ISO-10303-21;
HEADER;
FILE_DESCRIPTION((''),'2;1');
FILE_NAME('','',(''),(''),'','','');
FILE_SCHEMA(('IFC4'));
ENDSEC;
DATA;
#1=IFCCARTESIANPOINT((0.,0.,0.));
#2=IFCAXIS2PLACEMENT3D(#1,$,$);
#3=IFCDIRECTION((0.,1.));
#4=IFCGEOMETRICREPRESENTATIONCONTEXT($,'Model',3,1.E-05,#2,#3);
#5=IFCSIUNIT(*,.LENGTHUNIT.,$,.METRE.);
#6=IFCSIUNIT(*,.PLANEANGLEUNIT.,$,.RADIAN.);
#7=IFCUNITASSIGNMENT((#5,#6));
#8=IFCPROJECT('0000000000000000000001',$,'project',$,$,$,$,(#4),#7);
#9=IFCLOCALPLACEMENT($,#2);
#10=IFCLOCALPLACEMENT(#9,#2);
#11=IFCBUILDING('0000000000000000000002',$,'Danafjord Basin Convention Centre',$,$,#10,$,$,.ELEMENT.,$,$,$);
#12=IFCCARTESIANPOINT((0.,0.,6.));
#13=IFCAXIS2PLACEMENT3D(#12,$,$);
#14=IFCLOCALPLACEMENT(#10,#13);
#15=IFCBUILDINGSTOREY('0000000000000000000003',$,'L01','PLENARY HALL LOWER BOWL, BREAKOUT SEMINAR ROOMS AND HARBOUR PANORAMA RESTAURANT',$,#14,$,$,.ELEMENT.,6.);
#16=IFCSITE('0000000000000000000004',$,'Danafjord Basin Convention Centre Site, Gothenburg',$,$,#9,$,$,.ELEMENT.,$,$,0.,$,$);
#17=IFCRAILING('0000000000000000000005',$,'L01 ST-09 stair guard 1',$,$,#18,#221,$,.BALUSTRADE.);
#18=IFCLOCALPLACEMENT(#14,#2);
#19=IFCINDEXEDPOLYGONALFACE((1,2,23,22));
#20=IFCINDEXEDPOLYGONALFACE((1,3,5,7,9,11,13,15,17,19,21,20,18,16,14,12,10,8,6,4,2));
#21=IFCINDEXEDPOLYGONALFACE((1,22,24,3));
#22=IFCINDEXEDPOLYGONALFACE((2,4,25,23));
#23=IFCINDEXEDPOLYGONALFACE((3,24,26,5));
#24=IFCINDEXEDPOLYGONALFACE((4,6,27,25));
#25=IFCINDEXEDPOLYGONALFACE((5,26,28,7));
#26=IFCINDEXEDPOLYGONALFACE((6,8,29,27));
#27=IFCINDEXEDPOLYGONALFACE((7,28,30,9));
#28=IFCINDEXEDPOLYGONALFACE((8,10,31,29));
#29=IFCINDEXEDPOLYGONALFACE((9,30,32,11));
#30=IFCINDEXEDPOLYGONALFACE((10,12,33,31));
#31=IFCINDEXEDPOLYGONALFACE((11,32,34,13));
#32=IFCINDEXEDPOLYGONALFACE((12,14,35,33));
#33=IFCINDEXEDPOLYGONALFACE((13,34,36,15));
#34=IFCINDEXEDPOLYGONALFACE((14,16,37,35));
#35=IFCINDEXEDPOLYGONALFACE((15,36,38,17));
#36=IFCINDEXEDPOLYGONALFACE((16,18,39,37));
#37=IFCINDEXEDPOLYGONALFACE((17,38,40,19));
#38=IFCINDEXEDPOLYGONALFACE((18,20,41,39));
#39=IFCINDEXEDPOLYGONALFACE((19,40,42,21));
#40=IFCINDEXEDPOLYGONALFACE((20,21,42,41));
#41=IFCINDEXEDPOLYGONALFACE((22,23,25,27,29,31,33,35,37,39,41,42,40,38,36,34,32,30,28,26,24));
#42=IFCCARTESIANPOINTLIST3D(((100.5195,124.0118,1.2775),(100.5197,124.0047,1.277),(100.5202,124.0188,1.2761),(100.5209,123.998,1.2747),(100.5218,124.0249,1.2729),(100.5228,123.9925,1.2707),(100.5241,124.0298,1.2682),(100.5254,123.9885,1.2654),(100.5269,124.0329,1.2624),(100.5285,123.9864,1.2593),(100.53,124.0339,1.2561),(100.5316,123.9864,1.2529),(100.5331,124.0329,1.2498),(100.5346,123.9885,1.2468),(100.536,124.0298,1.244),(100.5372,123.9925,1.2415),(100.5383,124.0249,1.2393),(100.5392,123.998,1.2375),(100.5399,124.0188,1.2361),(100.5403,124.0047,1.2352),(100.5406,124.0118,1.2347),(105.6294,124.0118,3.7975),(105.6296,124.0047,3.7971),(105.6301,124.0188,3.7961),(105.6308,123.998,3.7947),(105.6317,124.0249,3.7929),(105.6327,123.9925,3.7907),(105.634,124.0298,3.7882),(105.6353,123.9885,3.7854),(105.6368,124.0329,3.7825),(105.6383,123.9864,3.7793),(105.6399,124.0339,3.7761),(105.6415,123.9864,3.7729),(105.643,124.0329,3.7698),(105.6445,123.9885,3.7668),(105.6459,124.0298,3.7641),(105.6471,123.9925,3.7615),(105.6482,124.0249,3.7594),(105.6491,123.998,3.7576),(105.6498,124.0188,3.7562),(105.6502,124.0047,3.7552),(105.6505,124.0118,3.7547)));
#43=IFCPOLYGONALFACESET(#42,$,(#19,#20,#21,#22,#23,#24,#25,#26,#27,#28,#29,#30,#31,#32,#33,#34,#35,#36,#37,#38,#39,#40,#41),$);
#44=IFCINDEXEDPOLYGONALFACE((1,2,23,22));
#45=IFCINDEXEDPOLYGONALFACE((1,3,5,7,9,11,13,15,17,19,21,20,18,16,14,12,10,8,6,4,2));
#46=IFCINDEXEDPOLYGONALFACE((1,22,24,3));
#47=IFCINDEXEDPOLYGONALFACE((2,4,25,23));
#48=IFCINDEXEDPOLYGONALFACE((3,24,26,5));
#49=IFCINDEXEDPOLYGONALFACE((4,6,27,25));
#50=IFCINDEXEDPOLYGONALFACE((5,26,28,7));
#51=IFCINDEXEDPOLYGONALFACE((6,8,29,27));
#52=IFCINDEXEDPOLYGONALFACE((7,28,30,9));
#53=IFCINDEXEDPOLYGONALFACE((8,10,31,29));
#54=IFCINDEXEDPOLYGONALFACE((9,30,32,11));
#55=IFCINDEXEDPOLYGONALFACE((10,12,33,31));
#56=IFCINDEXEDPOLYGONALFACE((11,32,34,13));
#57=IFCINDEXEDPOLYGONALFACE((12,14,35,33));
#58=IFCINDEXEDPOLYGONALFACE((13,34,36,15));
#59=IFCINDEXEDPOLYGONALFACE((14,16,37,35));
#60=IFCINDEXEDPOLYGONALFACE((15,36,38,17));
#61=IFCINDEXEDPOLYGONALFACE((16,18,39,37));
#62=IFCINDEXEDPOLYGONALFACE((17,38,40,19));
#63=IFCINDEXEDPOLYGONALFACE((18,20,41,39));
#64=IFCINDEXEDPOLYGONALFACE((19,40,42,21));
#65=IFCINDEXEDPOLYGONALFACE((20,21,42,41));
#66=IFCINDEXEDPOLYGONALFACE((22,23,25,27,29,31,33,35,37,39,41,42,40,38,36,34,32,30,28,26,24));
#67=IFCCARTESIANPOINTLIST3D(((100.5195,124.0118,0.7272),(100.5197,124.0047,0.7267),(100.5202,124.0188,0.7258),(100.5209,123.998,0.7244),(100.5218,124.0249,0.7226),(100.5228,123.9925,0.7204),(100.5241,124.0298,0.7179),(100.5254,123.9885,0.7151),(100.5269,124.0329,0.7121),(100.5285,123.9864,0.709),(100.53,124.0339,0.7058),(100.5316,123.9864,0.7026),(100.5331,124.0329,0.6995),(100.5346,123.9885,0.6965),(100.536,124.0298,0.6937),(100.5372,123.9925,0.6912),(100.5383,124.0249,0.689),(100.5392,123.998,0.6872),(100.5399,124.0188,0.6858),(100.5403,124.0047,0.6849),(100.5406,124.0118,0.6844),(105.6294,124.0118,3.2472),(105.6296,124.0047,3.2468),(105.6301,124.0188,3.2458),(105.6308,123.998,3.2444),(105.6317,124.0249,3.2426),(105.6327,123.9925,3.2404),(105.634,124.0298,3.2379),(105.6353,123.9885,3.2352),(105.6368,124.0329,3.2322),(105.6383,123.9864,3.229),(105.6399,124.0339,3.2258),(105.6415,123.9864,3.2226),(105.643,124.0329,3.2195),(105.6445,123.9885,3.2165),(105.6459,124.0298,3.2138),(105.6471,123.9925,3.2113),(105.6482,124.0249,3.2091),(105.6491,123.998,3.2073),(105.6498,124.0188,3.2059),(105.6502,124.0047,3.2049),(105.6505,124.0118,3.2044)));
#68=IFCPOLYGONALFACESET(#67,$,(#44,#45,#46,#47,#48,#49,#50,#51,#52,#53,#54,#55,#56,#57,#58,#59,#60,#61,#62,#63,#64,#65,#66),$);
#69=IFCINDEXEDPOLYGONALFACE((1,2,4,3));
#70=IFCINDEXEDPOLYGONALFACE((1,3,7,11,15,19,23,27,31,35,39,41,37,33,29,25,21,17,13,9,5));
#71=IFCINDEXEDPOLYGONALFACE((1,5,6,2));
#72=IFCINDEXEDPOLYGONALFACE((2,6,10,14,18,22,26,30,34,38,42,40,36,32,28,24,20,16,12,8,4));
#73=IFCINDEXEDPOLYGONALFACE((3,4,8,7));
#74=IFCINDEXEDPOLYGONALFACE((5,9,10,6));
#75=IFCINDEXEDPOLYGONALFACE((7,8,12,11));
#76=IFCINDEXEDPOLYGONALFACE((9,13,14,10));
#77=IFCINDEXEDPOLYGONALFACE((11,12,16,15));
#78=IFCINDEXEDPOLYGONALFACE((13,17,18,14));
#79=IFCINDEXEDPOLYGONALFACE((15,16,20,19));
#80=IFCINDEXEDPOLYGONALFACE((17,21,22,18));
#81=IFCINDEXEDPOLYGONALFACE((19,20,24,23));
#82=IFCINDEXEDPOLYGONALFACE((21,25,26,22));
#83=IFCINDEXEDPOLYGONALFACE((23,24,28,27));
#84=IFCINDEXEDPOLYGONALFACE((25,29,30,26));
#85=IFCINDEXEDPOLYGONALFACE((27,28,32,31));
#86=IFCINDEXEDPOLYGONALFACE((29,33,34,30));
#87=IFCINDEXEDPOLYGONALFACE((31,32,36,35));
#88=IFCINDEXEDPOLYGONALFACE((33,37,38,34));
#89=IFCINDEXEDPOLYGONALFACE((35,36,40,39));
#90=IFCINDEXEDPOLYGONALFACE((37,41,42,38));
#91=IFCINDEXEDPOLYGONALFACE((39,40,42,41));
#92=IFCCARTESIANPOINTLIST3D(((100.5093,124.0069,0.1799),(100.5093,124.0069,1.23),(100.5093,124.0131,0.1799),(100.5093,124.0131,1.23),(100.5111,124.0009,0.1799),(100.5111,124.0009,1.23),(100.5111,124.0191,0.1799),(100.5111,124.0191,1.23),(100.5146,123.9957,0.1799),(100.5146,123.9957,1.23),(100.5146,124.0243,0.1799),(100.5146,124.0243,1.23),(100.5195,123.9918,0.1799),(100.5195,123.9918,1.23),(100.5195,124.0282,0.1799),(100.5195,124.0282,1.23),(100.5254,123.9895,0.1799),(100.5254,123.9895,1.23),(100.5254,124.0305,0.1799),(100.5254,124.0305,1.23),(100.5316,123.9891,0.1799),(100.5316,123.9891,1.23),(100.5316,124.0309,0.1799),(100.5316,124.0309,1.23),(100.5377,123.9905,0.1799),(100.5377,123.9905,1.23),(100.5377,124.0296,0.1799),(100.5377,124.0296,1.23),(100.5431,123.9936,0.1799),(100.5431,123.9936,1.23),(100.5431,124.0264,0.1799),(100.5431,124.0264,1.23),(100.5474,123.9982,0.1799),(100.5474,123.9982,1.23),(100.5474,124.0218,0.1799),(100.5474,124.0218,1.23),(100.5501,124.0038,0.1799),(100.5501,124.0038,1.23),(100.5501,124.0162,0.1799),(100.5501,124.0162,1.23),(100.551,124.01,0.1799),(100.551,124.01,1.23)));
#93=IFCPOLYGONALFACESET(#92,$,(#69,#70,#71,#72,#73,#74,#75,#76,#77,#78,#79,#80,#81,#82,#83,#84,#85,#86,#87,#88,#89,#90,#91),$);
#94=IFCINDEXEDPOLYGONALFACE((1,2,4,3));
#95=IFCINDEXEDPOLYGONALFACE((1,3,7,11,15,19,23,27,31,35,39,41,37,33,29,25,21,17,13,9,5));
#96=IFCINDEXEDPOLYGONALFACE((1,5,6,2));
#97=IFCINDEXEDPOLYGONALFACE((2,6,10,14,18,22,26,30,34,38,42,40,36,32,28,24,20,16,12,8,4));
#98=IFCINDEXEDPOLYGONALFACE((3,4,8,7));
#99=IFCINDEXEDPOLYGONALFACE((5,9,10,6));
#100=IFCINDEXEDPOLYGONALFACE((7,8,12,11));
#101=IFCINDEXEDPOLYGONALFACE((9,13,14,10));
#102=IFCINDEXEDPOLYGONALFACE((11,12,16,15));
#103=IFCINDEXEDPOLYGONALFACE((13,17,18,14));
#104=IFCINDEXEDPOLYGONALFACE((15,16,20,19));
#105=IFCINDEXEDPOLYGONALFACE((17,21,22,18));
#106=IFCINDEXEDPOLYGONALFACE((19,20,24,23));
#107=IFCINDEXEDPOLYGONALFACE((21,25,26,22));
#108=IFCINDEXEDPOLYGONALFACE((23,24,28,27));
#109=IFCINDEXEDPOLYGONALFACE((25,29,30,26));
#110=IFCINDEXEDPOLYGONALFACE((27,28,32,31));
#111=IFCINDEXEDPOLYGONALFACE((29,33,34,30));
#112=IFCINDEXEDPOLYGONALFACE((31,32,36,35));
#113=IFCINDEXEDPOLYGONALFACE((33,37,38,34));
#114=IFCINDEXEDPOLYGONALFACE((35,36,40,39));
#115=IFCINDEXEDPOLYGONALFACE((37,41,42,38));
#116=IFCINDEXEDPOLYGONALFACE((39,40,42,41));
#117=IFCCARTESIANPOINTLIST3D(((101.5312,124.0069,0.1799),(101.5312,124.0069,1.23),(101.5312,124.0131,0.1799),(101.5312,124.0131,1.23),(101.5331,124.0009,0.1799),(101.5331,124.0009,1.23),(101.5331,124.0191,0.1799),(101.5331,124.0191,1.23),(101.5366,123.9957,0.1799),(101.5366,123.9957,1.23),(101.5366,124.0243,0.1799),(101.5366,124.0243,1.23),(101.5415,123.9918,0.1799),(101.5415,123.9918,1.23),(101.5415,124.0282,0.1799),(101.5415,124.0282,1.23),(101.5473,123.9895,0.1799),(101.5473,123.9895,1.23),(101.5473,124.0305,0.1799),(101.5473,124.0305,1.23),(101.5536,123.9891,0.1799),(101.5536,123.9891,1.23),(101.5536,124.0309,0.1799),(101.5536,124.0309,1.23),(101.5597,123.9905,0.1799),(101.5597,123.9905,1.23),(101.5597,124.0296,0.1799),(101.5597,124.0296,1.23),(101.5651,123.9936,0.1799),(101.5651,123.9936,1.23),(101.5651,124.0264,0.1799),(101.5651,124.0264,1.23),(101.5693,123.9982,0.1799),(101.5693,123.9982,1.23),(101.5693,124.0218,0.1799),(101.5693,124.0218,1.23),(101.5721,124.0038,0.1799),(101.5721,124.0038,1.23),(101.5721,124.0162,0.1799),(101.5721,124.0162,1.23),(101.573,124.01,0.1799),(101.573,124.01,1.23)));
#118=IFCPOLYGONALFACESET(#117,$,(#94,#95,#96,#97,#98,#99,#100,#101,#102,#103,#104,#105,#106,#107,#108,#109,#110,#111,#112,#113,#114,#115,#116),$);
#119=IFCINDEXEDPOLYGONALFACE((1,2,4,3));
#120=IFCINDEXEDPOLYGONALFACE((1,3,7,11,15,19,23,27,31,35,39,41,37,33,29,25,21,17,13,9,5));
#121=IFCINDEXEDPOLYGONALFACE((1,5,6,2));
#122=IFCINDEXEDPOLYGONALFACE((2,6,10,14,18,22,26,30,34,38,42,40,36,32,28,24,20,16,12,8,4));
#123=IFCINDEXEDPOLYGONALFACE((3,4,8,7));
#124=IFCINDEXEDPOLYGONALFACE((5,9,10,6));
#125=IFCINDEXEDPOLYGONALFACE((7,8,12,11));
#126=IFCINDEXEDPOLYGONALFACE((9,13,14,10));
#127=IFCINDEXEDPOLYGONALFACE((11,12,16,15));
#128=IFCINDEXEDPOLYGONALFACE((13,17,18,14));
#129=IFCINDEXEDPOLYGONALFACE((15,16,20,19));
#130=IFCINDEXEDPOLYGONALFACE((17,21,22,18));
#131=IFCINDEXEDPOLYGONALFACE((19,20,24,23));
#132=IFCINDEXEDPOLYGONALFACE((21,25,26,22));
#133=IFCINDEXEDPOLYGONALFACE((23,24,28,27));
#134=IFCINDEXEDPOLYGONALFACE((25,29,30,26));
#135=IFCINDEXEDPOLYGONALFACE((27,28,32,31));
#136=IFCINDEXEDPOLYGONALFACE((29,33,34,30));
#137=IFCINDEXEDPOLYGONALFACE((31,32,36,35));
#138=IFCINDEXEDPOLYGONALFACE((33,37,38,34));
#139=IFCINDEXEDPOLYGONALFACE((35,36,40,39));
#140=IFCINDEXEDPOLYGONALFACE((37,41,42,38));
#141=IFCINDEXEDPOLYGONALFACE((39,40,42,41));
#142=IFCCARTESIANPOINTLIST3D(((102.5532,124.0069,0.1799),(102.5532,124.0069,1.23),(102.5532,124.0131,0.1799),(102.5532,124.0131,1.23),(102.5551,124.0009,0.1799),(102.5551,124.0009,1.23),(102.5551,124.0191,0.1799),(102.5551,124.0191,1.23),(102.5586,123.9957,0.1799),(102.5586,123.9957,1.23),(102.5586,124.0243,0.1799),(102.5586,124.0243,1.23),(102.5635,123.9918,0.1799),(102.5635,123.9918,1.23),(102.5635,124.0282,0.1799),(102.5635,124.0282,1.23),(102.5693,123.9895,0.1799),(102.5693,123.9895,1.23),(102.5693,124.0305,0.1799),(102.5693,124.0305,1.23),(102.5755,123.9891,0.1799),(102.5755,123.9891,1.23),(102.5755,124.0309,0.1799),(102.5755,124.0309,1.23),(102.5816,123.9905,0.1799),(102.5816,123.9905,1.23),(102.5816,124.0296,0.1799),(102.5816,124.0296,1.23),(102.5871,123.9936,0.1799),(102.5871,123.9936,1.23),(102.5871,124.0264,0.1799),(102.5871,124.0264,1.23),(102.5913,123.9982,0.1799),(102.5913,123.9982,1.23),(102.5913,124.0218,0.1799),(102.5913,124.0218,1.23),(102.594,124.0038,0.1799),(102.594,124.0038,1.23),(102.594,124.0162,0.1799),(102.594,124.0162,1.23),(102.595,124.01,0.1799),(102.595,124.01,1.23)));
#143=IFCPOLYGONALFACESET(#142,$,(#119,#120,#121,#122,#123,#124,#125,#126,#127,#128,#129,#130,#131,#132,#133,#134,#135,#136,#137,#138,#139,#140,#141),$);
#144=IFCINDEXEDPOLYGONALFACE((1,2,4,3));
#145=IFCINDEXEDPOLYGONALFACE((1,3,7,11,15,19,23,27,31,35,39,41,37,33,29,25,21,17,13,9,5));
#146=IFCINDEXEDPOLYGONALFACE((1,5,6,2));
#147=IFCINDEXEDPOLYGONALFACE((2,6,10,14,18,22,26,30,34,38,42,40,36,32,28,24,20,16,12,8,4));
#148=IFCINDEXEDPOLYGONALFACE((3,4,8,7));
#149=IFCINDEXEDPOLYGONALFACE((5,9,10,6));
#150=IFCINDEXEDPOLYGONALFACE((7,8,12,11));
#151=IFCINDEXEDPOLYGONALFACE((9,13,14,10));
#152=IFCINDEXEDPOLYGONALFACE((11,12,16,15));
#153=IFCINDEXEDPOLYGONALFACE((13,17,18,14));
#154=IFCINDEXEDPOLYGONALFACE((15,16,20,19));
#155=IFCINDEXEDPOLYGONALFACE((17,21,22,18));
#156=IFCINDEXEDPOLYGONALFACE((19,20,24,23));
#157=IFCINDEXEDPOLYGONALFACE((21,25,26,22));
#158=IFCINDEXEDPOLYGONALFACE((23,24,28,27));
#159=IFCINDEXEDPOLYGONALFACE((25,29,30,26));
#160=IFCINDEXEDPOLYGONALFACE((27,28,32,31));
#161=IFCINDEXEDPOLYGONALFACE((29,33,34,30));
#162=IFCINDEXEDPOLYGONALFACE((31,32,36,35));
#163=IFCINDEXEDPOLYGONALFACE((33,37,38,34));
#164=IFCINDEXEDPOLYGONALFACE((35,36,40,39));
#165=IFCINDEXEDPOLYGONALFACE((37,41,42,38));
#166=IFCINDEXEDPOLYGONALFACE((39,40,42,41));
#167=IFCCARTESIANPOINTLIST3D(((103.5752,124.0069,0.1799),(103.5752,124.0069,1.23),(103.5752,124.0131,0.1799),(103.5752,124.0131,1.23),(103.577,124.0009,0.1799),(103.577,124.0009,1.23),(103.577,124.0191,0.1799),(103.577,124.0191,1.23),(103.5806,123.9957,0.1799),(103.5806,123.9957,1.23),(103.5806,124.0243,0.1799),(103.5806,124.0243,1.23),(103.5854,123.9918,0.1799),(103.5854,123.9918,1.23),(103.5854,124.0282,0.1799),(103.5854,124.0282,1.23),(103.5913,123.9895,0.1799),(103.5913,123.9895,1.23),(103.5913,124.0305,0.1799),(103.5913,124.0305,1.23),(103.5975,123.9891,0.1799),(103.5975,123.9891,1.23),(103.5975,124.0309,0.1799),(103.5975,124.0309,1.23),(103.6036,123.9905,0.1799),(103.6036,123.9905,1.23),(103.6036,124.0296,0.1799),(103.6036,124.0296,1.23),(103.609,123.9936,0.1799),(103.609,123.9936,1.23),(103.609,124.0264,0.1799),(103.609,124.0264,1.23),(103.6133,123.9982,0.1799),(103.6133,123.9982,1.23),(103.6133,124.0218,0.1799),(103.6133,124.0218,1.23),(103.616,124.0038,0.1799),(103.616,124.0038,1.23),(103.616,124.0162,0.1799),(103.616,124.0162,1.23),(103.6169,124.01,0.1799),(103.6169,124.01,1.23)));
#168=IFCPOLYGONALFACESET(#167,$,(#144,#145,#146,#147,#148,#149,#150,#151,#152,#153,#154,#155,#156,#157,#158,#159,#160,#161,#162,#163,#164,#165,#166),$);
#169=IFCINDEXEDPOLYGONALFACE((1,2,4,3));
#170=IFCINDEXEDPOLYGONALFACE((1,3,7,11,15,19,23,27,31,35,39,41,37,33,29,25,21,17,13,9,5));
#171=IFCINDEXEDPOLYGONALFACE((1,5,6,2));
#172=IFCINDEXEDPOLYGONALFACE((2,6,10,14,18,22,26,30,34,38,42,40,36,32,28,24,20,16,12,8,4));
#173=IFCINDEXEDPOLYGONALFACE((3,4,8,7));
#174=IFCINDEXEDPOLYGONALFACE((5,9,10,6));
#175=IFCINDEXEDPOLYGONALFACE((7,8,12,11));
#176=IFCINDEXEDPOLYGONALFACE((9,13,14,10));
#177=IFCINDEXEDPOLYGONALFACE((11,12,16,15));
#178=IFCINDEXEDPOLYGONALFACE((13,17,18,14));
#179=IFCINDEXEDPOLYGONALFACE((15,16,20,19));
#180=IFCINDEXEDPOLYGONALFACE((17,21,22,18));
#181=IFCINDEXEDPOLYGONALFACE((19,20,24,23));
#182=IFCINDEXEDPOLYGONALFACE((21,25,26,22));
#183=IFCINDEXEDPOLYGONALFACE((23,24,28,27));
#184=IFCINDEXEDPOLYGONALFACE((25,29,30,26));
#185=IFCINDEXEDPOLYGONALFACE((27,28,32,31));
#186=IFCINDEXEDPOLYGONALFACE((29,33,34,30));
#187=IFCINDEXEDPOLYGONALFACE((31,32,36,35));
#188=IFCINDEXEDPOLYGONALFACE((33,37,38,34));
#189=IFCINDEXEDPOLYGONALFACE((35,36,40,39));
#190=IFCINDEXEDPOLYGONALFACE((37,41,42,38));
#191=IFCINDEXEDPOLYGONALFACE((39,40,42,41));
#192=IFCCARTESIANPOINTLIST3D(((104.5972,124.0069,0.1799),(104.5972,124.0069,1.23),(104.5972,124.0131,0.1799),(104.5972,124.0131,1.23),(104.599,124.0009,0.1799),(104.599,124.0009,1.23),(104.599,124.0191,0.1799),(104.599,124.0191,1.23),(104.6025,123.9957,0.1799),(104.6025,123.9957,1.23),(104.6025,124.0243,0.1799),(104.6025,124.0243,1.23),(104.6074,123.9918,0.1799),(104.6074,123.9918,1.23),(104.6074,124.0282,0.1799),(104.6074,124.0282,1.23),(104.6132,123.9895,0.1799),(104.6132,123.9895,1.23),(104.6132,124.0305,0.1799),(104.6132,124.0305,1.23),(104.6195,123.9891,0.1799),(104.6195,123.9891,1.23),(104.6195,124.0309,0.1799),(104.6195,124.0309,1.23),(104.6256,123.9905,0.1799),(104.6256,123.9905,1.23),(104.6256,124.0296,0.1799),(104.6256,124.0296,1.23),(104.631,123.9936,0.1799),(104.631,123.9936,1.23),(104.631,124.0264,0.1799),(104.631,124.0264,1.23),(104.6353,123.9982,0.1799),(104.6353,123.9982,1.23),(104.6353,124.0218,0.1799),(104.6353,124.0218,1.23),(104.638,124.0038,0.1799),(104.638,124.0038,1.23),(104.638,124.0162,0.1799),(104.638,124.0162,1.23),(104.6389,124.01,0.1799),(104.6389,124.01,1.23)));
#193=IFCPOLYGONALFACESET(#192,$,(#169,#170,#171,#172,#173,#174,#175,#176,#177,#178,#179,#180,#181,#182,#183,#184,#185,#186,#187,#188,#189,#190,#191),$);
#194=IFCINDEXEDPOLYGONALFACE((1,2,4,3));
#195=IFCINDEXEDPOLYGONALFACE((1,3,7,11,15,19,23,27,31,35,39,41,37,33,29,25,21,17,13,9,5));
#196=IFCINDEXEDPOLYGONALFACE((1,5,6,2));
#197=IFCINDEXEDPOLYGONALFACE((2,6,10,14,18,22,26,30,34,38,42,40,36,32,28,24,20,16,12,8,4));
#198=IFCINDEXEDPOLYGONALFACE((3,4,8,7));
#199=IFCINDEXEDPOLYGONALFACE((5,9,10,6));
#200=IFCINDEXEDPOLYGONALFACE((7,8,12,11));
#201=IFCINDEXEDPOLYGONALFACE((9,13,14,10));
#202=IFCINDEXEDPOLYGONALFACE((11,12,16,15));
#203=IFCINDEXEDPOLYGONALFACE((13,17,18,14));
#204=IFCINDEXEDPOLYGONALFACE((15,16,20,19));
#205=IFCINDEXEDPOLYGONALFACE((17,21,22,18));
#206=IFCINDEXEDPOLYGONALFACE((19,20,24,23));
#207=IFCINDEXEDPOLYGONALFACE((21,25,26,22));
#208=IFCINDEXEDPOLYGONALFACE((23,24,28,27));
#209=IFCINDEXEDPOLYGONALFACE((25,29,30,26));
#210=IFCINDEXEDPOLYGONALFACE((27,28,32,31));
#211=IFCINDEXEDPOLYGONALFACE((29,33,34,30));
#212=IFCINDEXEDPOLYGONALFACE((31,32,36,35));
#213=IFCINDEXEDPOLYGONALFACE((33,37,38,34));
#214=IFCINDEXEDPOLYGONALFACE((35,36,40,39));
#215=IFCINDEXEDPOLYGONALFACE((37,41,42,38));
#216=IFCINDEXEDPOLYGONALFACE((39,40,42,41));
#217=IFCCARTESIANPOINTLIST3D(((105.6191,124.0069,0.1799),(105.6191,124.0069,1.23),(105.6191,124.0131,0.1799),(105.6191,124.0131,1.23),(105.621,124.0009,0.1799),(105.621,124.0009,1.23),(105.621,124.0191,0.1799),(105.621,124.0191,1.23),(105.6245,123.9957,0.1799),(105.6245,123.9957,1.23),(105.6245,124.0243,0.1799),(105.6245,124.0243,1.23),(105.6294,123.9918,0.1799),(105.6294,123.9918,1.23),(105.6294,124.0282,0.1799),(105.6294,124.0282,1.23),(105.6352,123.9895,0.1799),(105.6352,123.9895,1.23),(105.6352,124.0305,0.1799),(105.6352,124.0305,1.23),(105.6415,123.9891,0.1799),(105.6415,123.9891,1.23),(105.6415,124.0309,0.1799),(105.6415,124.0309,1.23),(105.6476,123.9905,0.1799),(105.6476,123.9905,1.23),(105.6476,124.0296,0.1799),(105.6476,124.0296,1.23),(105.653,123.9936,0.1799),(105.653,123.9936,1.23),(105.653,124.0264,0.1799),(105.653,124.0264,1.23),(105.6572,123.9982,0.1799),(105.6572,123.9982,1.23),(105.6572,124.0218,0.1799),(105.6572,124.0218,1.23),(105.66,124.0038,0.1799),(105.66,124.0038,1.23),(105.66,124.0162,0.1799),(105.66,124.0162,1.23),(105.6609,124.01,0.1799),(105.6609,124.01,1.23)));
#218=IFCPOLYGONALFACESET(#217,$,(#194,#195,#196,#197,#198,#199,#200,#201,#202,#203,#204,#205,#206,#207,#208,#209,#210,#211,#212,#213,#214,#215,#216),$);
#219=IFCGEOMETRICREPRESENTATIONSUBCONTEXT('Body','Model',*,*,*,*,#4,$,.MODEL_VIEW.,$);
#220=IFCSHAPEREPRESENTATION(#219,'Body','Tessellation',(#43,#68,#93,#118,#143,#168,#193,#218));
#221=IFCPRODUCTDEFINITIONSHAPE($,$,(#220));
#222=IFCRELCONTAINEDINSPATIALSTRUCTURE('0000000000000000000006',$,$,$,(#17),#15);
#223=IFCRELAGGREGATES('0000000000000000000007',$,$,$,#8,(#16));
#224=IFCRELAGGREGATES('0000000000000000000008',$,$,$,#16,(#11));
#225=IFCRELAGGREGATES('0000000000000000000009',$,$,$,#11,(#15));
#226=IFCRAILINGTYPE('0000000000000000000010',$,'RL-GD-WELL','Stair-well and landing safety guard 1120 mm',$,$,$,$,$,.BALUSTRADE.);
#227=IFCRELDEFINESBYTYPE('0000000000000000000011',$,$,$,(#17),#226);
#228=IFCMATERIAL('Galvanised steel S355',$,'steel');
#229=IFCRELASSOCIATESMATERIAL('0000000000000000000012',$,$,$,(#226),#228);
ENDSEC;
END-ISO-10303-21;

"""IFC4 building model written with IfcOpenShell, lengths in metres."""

from ifc_helpers import new_model, si_unit, direction, frame, origin, origin_2d, place, context, subcontext, project, spatial, circle, extrude, material, type_object, element, save


model = new_model("IFC4")

# Units and contexts
model_context = context("Model", 3, precision=1e-05, world=origin(), true_north=direction((0.0, 1.0)))
body_context = subcontext(model_context, "Body", "Model", "MODEL_VIEW")
ifc_project = project(units=[si_unit("LENGTHUNIT", "METRE"), si_unit("PLANEANGLEUNIT", "RADIAN")], contexts=[model_context])

# Site, building, storey
site_placement = place(None, origin())
site = spatial("IfcSite", under=ifc_project, at=site_placement, Name="Danafjord Basin Convention Centre Site, Gothenburg", CompositionType="ELEMENT", RefElevation=0.0)
building_placement = place(site_placement, origin())
building = spatial("IfcBuilding", under=site, at=building_placement, Name="Danafjord Basin Convention Centre", CompositionType="ELEMENT")
storey_placement = place(building_placement, frame((0.0, 0.0, 6.0)))
storey = spatial("IfcBuildingStorey", under=building, at=storey_placement, Name="L01", Description="PLENARY HALL LOWER BOWL, BREAKOUT SEMINAR ROOMS AND HARBOUR PANORAMA RESTAURANT", CompositionType="ELEMENT", Elevation=6.0)

# Railing
ifc_material_1 = material(Name="Galvanised steel S355", Category="steel")
railing_type_1 = type_object("IfcRailingType", Name="RL-GD-WELL", Description="Stair-well and landing safety guard 1120 mm", PredefinedType="BALUSTRADE", material=ifc_material_1)
railing_1_placement = place(storey_placement, frame((100.53, 124.01, 0.1799)))
element("IfcRailing", 1, at=railing_1_placement, inside=storey, type_object=railing_type_1, Name="L01 ST-09 stair guard 1", PredefinedType="BALUSTRADE", context=body_context, shape_type="SweptSolid", body=[
    extrude(circle(Radius=0.0239, at=origin_2d()), frame((0.0, 0.0, 1.0762), z_axis=(0.896865, 0.0, 0.442305), x_axis=(0.0, 1.0, 0.0)), (0.0, 0.0, 1.0), 5.6975),
    extrude(circle(Radius=0.0239, at=origin_2d()), frame((0.0, 0.0, 0.5259), z_axis=(0.896865, 0.0, 0.442305), x_axis=(0.0, 1.0, 0.0)), (0.0, 0.0, 1.0), 5.6975),
    extrude(circle(Radius=0.021, at=origin_2d()), origin(), (0.0, 0.0, 1.0), 1.05),
    extrude(circle(Radius=0.021, at=origin_2d()), frame((1.022, 0.0, 0.0)), (0.0, 0.0, 1.0), 1.05),
    extrude(circle(Radius=0.021, at=origin_2d()), frame((2.0439, 0.0, 0.0)), (0.0, 0.0, 1.0), 1.05),
    extrude(circle(Radius=0.021, at=origin_2d()), frame((3.0659, 0.0, 0.0)), (0.0, 0.0, 1.0), 1.05),
    extrude(circle(Radius=0.021, at=origin_2d()), frame((4.0879, 0.0, 0.0)), (0.0, 0.0, 1.0), 1.05),
    extrude(circle(Radius=0.021, at=origin_2d()), frame((5.1099, 0.0, 0.0)), (0.0, 0.0, 1.0), 1.05),
])

save(model, "model.ifc")
